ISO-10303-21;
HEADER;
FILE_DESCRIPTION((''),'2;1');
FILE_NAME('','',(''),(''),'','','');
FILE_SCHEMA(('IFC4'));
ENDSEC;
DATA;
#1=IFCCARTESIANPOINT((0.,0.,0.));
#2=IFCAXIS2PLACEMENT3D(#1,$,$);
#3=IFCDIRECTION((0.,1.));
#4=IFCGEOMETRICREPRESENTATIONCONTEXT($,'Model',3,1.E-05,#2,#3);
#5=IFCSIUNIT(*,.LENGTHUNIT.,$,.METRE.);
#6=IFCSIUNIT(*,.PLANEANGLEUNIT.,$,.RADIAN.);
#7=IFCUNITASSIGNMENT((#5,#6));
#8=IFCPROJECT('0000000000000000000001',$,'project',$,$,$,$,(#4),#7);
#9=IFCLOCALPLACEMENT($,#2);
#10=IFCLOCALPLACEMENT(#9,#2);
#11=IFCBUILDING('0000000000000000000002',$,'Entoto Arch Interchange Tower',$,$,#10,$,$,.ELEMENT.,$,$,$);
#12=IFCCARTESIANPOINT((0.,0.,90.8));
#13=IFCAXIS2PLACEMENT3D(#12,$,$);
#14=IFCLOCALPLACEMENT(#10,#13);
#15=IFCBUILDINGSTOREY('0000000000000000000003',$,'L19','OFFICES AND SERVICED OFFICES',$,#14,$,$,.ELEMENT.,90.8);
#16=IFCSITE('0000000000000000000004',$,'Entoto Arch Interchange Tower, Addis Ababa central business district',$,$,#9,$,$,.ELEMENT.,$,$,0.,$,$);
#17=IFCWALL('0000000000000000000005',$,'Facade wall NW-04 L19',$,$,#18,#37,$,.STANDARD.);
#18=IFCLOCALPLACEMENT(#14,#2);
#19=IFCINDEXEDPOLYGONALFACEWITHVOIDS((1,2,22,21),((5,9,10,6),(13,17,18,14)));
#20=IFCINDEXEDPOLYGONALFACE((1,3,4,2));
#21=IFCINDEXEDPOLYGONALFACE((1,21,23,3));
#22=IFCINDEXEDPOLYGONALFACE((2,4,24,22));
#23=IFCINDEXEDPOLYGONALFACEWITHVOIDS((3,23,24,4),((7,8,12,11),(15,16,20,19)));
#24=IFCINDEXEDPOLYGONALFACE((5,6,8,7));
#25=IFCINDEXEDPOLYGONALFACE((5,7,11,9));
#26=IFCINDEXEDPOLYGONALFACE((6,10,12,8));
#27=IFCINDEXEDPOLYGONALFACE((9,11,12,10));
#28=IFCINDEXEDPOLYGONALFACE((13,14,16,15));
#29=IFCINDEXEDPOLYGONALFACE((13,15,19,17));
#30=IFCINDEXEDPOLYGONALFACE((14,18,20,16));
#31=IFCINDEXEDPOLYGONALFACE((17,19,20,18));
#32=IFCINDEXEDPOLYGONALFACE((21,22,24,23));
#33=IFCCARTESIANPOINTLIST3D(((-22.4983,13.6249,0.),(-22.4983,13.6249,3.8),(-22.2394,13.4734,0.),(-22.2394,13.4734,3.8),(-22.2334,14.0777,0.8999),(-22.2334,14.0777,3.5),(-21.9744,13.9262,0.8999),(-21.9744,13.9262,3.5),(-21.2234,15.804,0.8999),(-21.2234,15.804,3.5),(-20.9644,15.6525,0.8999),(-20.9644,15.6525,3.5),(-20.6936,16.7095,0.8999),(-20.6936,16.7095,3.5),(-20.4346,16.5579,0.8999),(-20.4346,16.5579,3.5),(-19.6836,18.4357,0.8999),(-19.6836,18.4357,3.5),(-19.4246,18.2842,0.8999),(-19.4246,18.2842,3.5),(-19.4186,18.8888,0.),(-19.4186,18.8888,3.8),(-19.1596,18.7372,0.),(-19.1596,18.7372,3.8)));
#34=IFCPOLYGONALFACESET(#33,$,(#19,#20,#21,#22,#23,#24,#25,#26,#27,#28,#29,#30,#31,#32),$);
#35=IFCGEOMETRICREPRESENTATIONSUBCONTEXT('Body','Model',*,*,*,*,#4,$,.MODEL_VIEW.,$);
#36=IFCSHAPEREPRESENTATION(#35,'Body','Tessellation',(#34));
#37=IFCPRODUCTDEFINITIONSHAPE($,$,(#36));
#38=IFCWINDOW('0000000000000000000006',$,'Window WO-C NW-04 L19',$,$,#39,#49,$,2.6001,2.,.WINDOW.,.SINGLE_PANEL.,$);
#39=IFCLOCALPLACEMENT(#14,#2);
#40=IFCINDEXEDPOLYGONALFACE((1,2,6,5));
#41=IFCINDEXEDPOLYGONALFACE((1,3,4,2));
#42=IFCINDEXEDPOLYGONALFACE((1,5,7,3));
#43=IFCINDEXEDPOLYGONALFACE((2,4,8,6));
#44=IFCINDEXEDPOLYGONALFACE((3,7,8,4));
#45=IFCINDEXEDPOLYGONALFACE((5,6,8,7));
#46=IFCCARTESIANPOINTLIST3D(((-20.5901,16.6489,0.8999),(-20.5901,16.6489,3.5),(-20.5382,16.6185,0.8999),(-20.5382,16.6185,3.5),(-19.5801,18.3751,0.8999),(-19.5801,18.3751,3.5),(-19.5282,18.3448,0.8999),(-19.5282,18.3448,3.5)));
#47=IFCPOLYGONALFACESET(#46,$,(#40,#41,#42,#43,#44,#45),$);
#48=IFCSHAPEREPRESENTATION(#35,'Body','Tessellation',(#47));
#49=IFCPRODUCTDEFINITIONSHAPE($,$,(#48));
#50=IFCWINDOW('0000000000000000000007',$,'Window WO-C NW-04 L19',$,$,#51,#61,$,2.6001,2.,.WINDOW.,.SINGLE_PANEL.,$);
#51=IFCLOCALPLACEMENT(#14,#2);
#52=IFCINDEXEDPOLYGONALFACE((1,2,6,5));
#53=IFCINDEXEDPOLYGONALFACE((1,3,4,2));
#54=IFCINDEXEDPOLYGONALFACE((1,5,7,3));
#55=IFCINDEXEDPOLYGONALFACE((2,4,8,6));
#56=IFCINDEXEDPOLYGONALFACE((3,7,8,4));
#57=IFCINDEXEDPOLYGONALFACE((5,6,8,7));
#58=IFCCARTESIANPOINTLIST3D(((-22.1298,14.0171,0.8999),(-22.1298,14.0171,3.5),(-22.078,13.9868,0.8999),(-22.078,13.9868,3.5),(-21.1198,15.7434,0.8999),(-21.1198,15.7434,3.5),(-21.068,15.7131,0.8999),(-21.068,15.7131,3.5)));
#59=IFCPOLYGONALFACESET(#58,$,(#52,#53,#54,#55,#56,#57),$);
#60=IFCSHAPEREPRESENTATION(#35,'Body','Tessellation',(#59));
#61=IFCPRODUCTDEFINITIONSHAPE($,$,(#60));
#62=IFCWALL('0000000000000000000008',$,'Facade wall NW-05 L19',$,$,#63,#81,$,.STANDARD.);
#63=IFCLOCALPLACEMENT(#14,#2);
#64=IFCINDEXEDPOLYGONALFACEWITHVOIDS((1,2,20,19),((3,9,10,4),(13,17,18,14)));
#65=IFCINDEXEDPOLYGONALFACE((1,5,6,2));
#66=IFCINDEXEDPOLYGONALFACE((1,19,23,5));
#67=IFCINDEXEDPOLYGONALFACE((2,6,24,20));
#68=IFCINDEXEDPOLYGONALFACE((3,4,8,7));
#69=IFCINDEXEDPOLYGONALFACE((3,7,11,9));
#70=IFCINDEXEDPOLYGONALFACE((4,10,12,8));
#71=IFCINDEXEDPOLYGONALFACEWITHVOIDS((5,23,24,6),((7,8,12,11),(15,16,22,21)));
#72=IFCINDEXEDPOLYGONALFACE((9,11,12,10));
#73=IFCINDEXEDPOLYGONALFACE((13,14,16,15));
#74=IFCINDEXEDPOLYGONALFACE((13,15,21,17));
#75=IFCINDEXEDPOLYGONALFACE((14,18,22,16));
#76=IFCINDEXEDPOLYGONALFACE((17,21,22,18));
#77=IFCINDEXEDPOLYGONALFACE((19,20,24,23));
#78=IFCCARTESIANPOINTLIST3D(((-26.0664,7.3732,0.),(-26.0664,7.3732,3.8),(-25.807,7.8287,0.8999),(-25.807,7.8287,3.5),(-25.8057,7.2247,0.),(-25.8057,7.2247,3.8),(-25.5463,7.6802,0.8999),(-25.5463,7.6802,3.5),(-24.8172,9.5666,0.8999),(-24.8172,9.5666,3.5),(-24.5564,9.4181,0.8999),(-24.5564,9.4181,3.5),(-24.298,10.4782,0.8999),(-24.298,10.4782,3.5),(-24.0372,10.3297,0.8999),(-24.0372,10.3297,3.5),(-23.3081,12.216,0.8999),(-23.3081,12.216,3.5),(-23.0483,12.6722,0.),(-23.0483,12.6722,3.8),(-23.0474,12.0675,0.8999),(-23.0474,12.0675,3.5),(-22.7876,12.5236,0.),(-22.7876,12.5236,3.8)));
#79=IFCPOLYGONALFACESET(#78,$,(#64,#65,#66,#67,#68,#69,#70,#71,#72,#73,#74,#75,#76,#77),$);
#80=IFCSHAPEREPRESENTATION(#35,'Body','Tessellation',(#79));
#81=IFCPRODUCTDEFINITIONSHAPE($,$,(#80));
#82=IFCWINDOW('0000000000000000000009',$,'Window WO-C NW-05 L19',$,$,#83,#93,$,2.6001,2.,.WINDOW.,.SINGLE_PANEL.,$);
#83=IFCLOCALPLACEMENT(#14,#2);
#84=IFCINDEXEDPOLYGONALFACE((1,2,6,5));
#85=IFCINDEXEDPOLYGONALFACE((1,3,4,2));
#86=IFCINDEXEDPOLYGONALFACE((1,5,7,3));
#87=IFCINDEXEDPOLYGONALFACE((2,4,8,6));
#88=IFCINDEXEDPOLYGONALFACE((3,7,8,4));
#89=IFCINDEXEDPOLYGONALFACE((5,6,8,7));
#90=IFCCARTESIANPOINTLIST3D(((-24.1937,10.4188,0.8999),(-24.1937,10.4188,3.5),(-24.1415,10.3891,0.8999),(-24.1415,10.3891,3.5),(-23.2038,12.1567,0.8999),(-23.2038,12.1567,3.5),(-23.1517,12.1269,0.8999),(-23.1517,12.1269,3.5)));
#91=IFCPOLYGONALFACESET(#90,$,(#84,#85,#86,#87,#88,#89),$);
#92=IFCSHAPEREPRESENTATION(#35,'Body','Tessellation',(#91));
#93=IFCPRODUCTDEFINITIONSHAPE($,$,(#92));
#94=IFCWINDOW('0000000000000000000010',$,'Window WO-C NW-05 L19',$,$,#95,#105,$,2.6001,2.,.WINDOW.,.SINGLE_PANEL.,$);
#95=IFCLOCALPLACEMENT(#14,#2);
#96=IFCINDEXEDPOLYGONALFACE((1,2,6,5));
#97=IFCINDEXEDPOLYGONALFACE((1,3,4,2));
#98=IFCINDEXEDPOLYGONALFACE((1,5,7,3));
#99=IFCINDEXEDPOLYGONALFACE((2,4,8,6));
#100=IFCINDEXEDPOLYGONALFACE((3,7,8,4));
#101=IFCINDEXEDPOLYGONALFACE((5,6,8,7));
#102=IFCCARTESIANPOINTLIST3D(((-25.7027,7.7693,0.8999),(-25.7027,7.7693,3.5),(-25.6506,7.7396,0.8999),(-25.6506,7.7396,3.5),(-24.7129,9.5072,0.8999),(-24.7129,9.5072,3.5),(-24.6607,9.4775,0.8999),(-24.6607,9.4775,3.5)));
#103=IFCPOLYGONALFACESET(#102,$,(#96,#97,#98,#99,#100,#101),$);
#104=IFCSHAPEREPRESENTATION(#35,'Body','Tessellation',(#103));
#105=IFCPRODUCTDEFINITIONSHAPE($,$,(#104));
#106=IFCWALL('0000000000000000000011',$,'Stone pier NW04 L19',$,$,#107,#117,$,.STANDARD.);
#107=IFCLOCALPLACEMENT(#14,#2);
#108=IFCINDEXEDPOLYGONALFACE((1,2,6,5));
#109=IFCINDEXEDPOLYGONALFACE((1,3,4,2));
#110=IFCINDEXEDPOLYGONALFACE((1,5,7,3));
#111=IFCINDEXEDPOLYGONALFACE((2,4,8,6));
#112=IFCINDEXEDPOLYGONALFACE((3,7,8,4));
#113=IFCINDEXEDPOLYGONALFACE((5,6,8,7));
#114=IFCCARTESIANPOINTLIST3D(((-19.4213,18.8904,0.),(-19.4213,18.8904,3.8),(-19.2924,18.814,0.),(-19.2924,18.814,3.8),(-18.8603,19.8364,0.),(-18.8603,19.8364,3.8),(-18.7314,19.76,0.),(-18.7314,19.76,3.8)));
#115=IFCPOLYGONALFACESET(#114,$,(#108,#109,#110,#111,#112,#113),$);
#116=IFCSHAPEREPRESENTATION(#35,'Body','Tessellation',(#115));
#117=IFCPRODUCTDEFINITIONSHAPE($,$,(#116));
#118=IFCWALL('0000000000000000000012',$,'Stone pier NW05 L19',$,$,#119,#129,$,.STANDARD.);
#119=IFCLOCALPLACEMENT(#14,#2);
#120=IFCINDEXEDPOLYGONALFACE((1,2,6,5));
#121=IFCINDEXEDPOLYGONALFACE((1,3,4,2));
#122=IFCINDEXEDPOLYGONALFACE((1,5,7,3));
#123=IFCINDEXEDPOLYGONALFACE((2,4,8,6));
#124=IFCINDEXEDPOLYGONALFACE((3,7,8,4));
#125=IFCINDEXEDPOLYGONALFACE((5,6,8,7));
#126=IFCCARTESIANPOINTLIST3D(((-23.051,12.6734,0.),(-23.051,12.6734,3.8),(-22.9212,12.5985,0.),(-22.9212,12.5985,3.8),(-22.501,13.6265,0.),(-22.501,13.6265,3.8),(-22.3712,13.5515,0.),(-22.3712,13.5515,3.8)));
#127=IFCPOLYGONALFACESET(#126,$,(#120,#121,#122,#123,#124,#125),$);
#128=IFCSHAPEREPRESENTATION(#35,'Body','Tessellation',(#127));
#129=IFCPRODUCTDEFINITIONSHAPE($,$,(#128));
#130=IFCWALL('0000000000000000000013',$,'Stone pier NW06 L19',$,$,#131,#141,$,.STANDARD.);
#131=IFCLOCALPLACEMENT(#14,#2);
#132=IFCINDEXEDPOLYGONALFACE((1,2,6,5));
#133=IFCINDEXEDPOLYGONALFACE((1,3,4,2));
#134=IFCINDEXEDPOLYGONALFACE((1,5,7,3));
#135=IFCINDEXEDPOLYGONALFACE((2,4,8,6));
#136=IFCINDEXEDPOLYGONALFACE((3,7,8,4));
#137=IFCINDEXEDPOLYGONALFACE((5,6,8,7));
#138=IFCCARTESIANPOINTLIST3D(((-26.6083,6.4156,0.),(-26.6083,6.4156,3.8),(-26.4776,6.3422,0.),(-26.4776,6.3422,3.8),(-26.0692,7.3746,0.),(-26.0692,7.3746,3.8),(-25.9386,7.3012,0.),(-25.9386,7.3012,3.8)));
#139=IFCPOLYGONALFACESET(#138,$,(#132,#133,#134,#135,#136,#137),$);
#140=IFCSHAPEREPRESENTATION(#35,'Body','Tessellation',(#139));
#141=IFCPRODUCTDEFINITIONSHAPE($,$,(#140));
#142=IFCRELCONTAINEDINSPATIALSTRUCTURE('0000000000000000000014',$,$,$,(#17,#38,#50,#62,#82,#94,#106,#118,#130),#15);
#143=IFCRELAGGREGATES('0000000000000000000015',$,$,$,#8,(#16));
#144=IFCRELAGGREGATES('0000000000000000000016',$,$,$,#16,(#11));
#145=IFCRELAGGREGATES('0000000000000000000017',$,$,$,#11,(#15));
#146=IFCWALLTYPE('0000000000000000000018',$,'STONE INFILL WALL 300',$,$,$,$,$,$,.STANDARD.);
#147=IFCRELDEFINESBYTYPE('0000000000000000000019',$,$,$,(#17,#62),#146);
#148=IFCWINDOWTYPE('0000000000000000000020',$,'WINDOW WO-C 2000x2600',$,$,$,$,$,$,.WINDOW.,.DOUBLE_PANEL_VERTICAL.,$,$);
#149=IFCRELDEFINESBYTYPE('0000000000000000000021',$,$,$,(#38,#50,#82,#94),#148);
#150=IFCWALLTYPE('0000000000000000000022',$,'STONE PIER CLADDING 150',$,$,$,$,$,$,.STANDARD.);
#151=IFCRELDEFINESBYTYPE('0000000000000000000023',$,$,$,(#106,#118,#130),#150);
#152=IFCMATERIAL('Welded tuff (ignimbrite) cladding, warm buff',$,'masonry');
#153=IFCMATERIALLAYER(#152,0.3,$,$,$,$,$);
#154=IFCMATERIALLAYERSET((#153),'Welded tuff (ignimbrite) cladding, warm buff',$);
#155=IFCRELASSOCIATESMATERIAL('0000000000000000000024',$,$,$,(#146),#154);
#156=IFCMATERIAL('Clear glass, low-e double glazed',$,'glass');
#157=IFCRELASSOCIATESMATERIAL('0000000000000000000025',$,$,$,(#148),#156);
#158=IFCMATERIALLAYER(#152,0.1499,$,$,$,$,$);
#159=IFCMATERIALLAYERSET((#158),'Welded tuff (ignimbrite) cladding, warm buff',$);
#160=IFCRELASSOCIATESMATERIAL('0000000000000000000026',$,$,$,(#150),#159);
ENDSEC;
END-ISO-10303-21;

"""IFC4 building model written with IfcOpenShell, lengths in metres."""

from ifc_helpers import new_model, si_unit, direction, frame, frame_2d, origin, place, context, subcontext, project, spatial, rectangle, extrude, material, layer, layer_set, type_object, element, fill, save


model = new_model("IFC4")

# Units and contexts
model_context = context("Model", 3, precision=1e-05, world=origin(), true_north=direction((0.0, 1.0)))
body_context = subcontext(model_context, "Body", "Model", "MODEL_VIEW")
ifc_project = project(units=[si_unit("LENGTHUNIT", "METRE"), si_unit("PLANEANGLEUNIT", "RADIAN")], contexts=[model_context])

# Site, building, storey
site_placement = place(None, origin())
site = spatial("IfcSite", under=ifc_project, at=site_placement, Name="Entoto Arch Interchange Tower, Addis Ababa central business district", CompositionType="ELEMENT", RefElevation=0.0)
building_placement = place(site_placement, origin())
building = spatial("IfcBuilding", under=site, at=building_placement, Name="Entoto Arch Interchange Tower", CompositionType="ELEMENT")
storey_placement = place(building_placement, frame((0.0, 0.0, 90.8)))
storey = spatial("IfcBuildingStorey", under=building, at=storey_placement, Name="L19", Description="OFFICES AND SERVICED OFFICES", CompositionType="ELEMENT", Elevation=90.8)

# Walls, openings, windows
ifc_material_1 = material(Name="Welded tuff (ignimbrite) cladding, warm buff", Category="masonry")
ifc_layer_1 = layer(ifc_material_1, 0.3)
ifc_layer_set_1 = layer_set([ifc_layer_1], Name="Welded tuff (ignimbrite) cladding, warm buff")
wall_type_1 = type_object("IfcWallType", Name="STONE INFILL WALL 300", PredefinedType="STANDARD", material=ifc_layer_set_1)
wall_1_placement = place(storey_placement, frame((-19.2891, 18.813, 0.0), z_axis=(0.0, 0.0, 1.0), x_axis=(-0.504998, -0.86312, 0.0)))
wall_1 = element("IfcWall", 1, at=wall_1_placement, inside=storey, type_object=wall_type_1, Name="Facade wall NW-04 L19", PredefinedType="STANDARD", context=body_context, shape_type="SweptSolid", body=[
    extrude(rectangle(XDim=6.0986, YDim=0.3, at=frame_2d((3.0493, 0.0))), origin(), (0.0, 0.0, 1.0), 3.8),
])
opening_1_placement = place(wall_1_placement, frame((0.5249, 0.0, 0.8999)))
opening_1 = element("IfcOpeningElement", 2, at=opening_1_placement, cuts=wall_1, PredefinedType="OPENING", context=body_context, shape_type="SweptSolid", body=[
    extrude(rectangle(XDim=2.0, YDim=2.6001, at=frame_2d((1.0, 1.3))), frame((0.0, 0.1602, 0.0), z_axis=(0.0, -1.0, 0.0), x_axis=(1.0, 0.0, 0.0)), (0.0, 0.0, 1.0), 0.3201),
])
opening_2_placement = place(wall_1_placement, frame((3.574, 0.0, 0.8999)))
opening_2 = element("IfcOpeningElement", 3, at=opening_2_placement, cuts=wall_1, PredefinedType="OPENING", context=body_context, shape_type="SweptSolid", body=[
    extrude(rectangle(XDim=2.0, YDim=2.6001, at=frame_2d((1.0, 1.3))), frame((0.0, 0.1602, 0.0), z_axis=(0.0, -1.0, 0.0), x_axis=(1.0, 0.0, 0.0)), (0.0, 0.0, 1.0), 0.3201),
])
ifc_material_2 = material(Name="Clear glass, low-e double glazed", Category="glass")
window_type = type_object("IfcWindowType", Name="WINDOW WO-C 2000x2600", PartitioningType="DOUBLE_PANEL_VERTICAL", PredefinedType="WINDOW", material=ifc_material_2)
window_1_placement = place(opening_1_placement, origin())
window_1 = element("IfcWindow", 4, at=window_1_placement, inside=storey, type_object=window_type, Name="Window WO-C NW-04 L19", OverallHeight=2.6001, OverallWidth=2.0, PartitioningType="SINGLE_PANEL", PredefinedType="WINDOW", context=body_context, shape_type="SweptSolid", body=[
    extrude(rectangle(XDim=2.0, YDim=2.6001, at=frame_2d((1.0, 1.3))), frame((0.0, 0.03, 0.0), z_axis=(0.0, -1.0, 0.0), x_axis=(1.0, 0.0, 0.0)), (0.0, 0.0, 1.0), 0.0601),
])
fill(opening_1, window_1)
window_2_placement = place(opening_2_placement, origin())
window_2 = element("IfcWindow", 5, at=window_2_placement, inside=storey, type_object=window_type, Name="Window WO-C NW-04 L19", OverallHeight=2.6001, OverallWidth=2.0, PartitioningType="SINGLE_PANEL", PredefinedType="WINDOW", context=body_context, shape_type="SweptSolid", body=[
    extrude(rectangle(XDim=2.0, YDim=2.6001, at=frame_2d((1.0, 1.3))), frame((0.0, 0.03, 0.0), z_axis=(0.0, -1.0, 0.0), x_axis=(1.0, 0.0, 0.0)), (0.0, 0.0, 1.0), 0.0601),
])
fill(opening_2, window_2)
wall_2_placement = place(storey_placement, frame((-22.918, 12.5979, 0.0), z_axis=(0.0, 0.0, 1.0), x_axis=(-0.494923, -0.868937, 0.0)))
wall_2 = element("IfcWall", 6, at=wall_2_placement, inside=storey, type_object=wall_type_1, Name="Facade wall NW-05 L19", PredefinedType="STANDARD", context=body_context, shape_type="SweptSolid", body=[
    extrude(rectangle(XDim=6.0981, YDim=0.3, at=frame_2d((3.0491, 0.0))), origin(), (0.0, 0.0, 1.0), 3.8),
])
opening_3_placement = place(wall_2_placement, frame((0.5249, 0.0, 0.8999)))
opening_3 = element("IfcOpeningElement", 7, at=opening_3_placement, cuts=wall_2, PredefinedType="OPENING", context=body_context, shape_type="SweptSolid", body=[
    extrude(rectangle(XDim=2.0, YDim=2.6001, at=frame_2d((1.0, 1.3))), frame((0.0, 0.1602, 0.0), z_axis=(0.0, -1.0, 0.0), x_axis=(1.0, 0.0, 0.0)), (0.0, 0.0, 1.0), 0.3201),
])
opening_4_placement = place(wall_2_placement, frame((3.574, 0.0, 0.8999)))
opening_4 = element("IfcOpeningElement", 8, at=opening_4_placement, cuts=wall_2, PredefinedType="OPENING", context=body_context, shape_type="SweptSolid", body=[
    extrude(rectangle(XDim=2.0, YDim=2.6001, at=frame_2d((1.0, 1.3))), frame((0.0, 0.1602, 0.0), z_axis=(0.0, -1.0, 0.0), x_axis=(1.0, 0.0, 0.0)), (0.0, 0.0, 1.0), 0.3201),
])
window_3_placement = place(opening_3_placement, origin())
window_3 = element("IfcWindow", 9, at=window_3_placement, inside=storey, type_object=window_type, Name="Window WO-C NW-05 L19", OverallHeight=2.6001, OverallWidth=2.0, PartitioningType="SINGLE_PANEL", PredefinedType="WINDOW", context=body_context, shape_type="SweptSolid", body=[
    extrude(rectangle(XDim=2.0, YDim=2.6001, at=frame_2d((1.0, 1.3))), frame((0.0, 0.03, 0.0), z_axis=(0.0, -1.0, 0.0), x_axis=(1.0, 0.0, 0.0)), (0.0, 0.0, 1.0), 0.0601),
])
fill(opening_3, window_3)
window_4_placement = place(opening_4_placement, origin())
window_4 = element("IfcWindow", 10, at=window_4_placement, inside=storey, type_object=window_type, Name="Window WO-C NW-05 L19", OverallHeight=2.6001, OverallWidth=2.0, PartitioningType="SINGLE_PANEL", PredefinedType="WINDOW", context=body_context, shape_type="SweptSolid", body=[
    extrude(rectangle(XDim=2.0, YDim=2.6001, at=frame_2d((1.0, 1.3))), frame((0.0, 0.03, 0.0), z_axis=(0.0, -1.0, 0.0), x_axis=(1.0, 0.0, 0.0)), (0.0, 0.0, 1.0), 0.0601),
])
fill(opening_4, window_4)

# Walls
ifc_layer_2 = layer(ifc_material_1, 0.1499)
ifc_layer_set_2 = layer_set([ifc_layer_2], Name="Welded tuff (ignimbrite) cladding, warm buff")
wall_type_2 = type_object("IfcWallType", Name="STONE PIER CLADDING 150", PredefinedType="STANDARD", material=ifc_layer_set_2)
wall_3_placement = place(storey_placement, frame((-18.7959, 19.7981, 0.0), z_axis=(0.0, 0.0, 1.0), x_axis=(-0.510082, -0.860126, 0.0)))
element("IfcWall", 11, at=wall_3_placement, inside=storey, type_object=wall_type_2, Name="Stone pier NW04 L19", PredefinedType="STANDARD", context=body_context, shape_type="SweptSolid", body=[
    extrude(rectangle(XDim=1.0999, YDim=0.1499, at=frame_2d((0.5498, 0.0))), origin(), (0.0, 0.0, 1.0), 3.8),
])
wall_4_placement = place(storey_placement, frame((-22.436, 13.5891, 0.0), z_axis=(0.0, 0.0, 1.0), x_axis=(-0.499838, -0.866119, 0.0)))
element("IfcWall", 12, at=wall_4_placement, inside=storey, type_object=wall_type_2, Name="Stone pier NW05 L19", PredefinedType="STANDARD", context=body_context, shape_type="SweptSolid", body=[
    extrude(rectangle(XDim=1.1003, YDim=0.1499, at=frame_2d((0.5503, 0.0))), origin(), (0.0, 0.0, 1.0), 3.8),
])
wall_5_placement = place(storey_placement, frame((-26.0039, 7.3379, 0.0), z_axis=(0.0, 0.0, 1.0), x_axis=(-0.490008, -0.871718, 0.0)))
element("IfcWall", 13, at=wall_5_placement, inside=storey, type_object=wall_type_2, Name="Stone pier NW06 L19", PredefinedType="STANDARD", context=body_context, shape_type="SweptSolid", body=[
    extrude(rectangle(XDim=1.1001, YDim=0.1499, at=frame_2d((0.55, 0.0))), origin(), (0.0, 0.0, 1.0), 3.8),
])

save(model, "model.ifc")
